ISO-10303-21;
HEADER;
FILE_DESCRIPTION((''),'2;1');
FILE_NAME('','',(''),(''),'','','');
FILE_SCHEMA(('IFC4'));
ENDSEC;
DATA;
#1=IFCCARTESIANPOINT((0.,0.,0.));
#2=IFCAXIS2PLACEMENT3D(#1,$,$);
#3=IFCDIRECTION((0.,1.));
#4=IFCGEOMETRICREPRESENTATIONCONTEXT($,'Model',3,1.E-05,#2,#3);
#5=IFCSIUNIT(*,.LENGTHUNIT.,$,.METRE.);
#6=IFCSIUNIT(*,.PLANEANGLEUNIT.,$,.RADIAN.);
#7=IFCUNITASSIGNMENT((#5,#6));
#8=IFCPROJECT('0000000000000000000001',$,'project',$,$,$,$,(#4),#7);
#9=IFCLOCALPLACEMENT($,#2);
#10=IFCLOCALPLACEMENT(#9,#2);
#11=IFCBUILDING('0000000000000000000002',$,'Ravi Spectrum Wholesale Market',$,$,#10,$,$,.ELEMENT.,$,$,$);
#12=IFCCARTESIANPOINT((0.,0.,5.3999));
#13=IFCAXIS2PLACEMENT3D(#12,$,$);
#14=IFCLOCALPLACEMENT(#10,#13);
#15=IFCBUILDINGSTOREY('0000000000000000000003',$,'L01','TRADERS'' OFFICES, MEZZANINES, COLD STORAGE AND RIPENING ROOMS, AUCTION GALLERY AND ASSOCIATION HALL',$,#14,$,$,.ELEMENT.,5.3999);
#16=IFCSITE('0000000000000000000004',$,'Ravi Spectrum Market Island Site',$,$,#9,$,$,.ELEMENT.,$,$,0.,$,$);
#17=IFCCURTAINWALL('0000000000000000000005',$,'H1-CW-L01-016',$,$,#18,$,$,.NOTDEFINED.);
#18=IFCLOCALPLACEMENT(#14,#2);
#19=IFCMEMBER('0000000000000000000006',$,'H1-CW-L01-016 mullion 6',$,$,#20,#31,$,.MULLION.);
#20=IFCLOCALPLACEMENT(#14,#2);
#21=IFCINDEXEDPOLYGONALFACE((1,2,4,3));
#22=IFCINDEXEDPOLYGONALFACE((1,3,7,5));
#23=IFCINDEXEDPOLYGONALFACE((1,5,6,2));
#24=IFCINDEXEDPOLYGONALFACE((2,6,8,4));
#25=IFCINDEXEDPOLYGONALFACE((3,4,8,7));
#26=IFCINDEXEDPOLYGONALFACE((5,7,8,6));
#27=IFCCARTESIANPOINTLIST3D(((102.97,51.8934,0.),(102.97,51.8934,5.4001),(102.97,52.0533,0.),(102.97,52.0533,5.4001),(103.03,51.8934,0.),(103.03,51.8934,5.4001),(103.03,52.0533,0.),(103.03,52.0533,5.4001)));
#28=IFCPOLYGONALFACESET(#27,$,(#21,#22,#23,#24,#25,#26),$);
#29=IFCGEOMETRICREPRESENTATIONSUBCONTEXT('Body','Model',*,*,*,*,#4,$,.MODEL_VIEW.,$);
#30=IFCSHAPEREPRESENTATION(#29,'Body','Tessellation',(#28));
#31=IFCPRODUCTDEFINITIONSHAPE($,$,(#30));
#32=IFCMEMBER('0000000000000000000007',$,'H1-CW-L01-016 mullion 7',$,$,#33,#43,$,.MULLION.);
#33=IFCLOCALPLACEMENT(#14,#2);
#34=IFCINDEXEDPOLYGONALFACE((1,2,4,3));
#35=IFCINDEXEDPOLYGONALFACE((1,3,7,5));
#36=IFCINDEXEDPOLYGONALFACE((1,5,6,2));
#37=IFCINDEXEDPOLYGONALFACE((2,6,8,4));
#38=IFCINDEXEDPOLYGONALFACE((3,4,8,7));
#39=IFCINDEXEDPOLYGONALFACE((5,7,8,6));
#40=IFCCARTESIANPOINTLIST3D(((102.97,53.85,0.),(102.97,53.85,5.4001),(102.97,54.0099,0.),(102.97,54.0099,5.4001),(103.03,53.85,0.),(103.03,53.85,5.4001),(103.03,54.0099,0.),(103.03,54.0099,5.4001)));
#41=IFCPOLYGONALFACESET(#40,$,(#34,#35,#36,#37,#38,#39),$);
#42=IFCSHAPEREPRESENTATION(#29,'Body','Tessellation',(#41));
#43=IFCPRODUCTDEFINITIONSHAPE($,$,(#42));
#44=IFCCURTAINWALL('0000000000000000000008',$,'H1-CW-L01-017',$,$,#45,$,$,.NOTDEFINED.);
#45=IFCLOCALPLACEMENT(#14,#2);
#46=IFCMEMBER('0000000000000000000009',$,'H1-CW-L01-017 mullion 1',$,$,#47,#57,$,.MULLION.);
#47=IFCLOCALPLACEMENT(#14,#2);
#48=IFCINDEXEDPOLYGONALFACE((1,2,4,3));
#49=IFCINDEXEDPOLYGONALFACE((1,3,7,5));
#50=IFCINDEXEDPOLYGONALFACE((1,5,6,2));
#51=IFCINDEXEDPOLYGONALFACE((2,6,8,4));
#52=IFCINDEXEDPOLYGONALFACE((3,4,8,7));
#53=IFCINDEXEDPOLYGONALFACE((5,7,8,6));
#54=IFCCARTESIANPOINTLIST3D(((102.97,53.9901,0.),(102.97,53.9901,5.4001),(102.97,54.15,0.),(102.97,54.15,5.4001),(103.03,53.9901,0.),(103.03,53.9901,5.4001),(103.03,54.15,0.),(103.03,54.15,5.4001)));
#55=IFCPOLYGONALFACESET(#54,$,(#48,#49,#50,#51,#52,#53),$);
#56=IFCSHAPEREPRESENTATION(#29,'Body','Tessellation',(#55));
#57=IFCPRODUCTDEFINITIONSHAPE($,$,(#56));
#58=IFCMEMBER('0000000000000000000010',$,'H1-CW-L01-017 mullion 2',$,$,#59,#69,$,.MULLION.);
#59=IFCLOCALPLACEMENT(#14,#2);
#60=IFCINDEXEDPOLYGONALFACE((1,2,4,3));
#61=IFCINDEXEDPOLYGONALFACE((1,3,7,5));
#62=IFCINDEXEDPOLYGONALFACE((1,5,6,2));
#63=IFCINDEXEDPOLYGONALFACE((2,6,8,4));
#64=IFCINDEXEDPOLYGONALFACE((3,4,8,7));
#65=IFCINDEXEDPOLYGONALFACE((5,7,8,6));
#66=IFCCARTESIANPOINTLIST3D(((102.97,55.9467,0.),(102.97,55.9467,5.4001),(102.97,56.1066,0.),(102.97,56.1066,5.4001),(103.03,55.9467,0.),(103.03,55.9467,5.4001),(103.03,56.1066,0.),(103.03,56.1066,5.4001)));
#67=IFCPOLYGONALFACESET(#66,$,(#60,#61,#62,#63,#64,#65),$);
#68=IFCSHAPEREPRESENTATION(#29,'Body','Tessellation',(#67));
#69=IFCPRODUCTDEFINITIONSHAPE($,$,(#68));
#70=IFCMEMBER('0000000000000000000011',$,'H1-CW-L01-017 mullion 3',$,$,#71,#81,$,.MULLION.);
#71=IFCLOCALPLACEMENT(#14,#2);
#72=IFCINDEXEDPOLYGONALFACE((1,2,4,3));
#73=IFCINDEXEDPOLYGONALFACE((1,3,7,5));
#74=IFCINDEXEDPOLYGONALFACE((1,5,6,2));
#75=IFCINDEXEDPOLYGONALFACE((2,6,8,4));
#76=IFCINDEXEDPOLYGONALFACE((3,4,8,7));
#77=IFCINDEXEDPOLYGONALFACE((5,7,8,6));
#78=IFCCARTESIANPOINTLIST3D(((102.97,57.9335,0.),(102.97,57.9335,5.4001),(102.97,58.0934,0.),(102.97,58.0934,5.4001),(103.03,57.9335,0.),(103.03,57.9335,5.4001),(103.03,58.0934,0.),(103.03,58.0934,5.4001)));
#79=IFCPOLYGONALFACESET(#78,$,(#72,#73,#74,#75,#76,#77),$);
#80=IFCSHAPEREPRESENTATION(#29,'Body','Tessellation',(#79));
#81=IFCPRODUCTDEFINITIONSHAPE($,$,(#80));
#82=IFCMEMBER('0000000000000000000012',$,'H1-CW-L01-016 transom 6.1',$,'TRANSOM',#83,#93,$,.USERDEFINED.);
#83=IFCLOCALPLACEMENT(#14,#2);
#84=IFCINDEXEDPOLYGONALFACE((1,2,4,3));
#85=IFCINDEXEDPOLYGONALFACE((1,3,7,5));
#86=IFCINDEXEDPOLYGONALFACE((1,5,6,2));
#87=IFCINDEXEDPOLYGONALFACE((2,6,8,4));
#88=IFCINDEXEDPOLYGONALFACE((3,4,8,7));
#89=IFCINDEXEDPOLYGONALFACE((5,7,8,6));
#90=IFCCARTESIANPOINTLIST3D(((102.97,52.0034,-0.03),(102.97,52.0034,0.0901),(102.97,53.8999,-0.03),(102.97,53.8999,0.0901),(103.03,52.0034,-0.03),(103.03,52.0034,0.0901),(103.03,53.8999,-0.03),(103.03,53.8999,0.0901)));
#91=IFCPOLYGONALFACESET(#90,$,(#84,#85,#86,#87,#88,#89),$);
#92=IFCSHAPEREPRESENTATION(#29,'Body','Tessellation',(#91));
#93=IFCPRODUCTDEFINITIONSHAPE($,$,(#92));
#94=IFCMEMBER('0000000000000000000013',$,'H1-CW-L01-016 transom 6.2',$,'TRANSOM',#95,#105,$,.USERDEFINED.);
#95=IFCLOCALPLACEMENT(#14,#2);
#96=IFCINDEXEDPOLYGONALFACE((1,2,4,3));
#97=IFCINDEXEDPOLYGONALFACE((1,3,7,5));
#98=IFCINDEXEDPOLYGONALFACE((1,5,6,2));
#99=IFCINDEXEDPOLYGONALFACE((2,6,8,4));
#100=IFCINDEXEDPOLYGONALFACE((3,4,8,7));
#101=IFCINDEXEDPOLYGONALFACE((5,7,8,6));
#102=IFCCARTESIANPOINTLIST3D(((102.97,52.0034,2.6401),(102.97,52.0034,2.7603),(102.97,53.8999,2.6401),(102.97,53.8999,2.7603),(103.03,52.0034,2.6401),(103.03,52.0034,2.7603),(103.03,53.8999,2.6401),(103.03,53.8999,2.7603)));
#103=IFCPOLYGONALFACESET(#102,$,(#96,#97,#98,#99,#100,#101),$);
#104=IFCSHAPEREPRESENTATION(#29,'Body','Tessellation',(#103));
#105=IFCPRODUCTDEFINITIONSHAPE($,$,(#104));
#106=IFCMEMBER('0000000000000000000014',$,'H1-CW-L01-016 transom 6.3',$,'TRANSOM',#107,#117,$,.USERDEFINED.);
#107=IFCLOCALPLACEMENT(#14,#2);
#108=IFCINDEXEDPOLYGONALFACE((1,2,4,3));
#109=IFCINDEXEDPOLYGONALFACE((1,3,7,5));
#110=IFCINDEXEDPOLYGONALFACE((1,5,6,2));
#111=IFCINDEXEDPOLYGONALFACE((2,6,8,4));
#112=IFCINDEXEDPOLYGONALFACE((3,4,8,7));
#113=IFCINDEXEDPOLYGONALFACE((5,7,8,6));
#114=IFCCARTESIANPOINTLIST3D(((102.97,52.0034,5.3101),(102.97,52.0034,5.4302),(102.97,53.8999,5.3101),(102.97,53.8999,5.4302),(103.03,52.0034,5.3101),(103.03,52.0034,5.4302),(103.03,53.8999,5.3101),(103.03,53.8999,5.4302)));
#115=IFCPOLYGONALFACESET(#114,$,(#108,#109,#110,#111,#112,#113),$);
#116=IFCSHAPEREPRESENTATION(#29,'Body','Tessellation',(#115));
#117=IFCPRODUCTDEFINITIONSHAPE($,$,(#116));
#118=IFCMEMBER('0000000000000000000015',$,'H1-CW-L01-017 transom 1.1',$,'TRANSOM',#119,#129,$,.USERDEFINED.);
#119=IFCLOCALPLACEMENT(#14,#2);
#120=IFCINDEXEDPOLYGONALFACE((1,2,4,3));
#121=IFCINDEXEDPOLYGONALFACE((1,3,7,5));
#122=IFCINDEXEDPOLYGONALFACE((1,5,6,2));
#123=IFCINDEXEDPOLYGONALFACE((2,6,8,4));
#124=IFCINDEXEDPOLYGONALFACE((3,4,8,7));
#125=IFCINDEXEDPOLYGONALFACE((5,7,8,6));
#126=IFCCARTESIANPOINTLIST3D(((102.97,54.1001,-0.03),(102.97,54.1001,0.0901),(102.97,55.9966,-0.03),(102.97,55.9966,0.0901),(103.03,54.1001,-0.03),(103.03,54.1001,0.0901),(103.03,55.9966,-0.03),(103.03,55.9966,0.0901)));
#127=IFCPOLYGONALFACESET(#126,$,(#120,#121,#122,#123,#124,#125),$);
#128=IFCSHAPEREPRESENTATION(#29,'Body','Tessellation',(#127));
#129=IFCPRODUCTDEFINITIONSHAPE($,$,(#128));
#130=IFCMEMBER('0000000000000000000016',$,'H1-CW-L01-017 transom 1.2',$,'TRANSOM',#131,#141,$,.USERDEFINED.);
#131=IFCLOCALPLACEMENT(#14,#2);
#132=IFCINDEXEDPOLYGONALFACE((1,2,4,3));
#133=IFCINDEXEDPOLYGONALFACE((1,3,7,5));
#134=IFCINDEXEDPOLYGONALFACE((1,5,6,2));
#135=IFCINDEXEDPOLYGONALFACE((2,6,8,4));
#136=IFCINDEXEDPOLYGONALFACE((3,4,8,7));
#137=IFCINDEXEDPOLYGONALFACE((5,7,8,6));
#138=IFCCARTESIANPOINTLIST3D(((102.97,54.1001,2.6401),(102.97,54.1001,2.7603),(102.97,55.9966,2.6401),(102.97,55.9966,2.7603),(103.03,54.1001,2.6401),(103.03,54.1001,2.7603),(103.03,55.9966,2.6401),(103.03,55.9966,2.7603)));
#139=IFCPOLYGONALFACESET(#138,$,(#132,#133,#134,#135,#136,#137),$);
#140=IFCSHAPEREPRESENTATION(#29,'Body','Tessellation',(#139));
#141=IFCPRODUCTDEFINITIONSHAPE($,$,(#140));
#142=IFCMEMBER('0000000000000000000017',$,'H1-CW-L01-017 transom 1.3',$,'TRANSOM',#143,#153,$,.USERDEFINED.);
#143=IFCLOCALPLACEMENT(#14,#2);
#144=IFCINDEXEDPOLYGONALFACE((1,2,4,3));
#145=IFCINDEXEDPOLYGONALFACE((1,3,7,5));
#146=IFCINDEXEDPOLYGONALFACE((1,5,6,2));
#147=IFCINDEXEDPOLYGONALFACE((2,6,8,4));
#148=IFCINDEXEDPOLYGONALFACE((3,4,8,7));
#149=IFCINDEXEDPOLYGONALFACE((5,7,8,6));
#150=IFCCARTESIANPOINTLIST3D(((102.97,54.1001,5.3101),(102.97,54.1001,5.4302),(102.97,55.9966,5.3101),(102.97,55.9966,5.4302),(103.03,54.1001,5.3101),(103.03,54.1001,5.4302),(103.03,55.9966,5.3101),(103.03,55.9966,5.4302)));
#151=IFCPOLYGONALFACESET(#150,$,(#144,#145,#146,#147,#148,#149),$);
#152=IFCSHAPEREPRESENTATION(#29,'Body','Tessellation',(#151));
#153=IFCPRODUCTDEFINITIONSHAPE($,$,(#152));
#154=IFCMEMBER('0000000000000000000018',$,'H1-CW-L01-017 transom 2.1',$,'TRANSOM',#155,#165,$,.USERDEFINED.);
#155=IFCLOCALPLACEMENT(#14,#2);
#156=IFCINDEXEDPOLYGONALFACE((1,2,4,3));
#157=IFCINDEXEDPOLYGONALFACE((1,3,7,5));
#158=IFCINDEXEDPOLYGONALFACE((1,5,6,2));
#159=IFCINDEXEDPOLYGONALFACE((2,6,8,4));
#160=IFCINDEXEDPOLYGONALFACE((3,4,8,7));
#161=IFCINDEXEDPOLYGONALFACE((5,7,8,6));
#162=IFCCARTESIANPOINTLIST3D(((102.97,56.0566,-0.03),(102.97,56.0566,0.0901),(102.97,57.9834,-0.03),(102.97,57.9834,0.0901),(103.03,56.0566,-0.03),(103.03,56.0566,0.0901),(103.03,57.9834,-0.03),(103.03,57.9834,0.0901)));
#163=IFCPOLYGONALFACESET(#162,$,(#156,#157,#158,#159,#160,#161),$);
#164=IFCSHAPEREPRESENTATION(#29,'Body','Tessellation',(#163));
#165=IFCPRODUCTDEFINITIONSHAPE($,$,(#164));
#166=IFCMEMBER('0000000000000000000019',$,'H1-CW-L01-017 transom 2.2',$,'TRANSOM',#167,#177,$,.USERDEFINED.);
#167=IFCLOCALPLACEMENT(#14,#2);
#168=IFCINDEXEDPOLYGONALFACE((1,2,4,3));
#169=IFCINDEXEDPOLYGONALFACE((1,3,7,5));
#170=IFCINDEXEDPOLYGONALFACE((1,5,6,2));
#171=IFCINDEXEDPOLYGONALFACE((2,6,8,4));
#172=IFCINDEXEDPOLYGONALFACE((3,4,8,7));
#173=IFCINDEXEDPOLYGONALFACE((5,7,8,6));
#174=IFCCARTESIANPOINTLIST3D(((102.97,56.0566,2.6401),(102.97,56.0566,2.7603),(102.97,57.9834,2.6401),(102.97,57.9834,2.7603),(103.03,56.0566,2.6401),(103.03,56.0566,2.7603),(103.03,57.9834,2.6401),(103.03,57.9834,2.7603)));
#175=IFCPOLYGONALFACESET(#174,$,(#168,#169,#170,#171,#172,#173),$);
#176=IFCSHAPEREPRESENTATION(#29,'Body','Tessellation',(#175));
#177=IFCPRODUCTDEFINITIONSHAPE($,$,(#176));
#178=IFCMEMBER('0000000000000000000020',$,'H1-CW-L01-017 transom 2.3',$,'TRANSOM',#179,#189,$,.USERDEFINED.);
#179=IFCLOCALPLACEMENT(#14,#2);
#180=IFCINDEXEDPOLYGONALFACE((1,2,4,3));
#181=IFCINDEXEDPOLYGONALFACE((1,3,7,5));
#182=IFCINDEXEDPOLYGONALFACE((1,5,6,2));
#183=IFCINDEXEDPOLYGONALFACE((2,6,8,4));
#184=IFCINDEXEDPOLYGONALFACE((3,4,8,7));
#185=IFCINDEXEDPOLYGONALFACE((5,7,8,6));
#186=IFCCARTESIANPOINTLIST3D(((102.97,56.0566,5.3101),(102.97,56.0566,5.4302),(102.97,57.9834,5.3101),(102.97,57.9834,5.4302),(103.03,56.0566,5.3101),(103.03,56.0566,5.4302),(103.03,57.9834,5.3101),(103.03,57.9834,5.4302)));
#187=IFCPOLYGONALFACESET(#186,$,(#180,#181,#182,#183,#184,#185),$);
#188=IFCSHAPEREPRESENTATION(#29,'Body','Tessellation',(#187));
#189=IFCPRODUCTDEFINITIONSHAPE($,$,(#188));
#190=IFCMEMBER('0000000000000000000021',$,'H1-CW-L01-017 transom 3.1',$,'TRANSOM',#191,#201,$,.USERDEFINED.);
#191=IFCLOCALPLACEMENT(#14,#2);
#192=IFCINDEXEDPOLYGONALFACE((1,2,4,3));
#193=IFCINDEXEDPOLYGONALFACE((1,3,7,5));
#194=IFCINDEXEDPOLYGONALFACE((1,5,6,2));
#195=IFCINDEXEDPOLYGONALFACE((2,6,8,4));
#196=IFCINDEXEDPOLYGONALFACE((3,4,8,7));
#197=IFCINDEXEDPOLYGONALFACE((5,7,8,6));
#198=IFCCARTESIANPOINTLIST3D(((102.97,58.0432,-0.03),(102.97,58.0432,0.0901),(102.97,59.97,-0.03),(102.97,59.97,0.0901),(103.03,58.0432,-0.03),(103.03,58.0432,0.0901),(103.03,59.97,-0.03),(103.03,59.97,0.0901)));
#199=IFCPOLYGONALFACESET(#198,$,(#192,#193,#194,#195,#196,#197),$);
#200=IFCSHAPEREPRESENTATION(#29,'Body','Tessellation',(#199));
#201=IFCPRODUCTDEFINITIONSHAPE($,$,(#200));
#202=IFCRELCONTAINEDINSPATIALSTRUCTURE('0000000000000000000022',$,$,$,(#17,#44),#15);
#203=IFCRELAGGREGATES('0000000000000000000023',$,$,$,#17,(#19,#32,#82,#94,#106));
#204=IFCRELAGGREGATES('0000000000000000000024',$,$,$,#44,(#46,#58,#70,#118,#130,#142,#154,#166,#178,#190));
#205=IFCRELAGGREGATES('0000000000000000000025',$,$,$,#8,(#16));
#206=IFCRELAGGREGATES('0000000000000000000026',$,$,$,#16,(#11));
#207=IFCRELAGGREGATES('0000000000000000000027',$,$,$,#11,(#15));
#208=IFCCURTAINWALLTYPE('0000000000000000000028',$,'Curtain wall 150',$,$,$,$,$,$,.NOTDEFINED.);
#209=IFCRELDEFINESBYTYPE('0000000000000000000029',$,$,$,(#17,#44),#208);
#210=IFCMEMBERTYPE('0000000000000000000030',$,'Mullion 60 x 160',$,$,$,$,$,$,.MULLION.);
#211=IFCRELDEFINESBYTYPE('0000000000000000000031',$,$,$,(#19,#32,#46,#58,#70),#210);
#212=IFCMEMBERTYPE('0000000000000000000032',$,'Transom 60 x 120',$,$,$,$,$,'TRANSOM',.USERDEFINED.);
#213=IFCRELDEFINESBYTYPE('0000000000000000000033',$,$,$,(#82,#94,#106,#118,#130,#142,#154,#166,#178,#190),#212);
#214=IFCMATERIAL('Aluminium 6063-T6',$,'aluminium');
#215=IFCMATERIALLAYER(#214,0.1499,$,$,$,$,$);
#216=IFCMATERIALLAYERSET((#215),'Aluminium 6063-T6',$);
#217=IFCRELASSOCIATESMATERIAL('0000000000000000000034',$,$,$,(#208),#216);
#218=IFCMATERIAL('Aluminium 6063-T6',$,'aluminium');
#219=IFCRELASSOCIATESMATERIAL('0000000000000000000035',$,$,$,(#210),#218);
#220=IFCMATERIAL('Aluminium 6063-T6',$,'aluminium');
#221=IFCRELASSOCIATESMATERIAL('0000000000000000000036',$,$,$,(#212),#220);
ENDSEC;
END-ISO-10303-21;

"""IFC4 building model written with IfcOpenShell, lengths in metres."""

from ifc_helpers import new_model, si_unit, direction, frame, origin, origin_2d, place, context, subcontext, project, spatial, rectangle, extrude, material, layer, layer_set, material_profile, profile_set, type_object, element, aggregate, save


model = new_model("IFC4")

# Units and contexts
model_context = context("Model", 3, precision=1e-05, world=origin(), true_north=direction((0.0, 1.0)))
body_context = subcontext(model_context, "Body", "Model", "MODEL_VIEW")
ifc_project = project(units=[si_unit("LENGTHUNIT", "METRE"), si_unit("PLANEANGLEUNIT", "RADIAN")], contexts=[model_context])

# Site, building, storey
site_placement = place(None, origin())
site = spatial("IfcSite", under=ifc_project, at=site_placement, Name="Ravi Spectrum Market Island Site", CompositionType="ELEMENT", RefElevation=0.0)
building_placement = place(site_placement, origin())
building = spatial("IfcBuilding", under=site, at=building_placement, Name="Ravi Spectrum Wholesale Market", CompositionType="ELEMENT")
storey_placement = place(building_placement, frame((0.0, 0.0, 5.3999)))
storey = spatial("IfcBuildingStorey", under=building, at=storey_placement, Name="L01", Description="TRADERS' OFFICES, MEZZANINES, COLD STORAGE AND RIPENING ROOMS, AUCTION GALLERY AND ASSOCIATION HALL", CompositionType="ELEMENT", Elevation=5.3999)

# Curtain walls, members
ifc_material_1 = material(Name="Aluminium 6063-T6", Category="aluminium")
ifc_layer_1 = layer(ifc_material_1, 0.1499)
ifc_layer_set_1 = layer_set([ifc_layer_1], Name="Aluminium 6063-T6")
curtain_wall_type = type_object("IfcCurtainWallType", Name="Curtain wall 150", PredefinedType="NOTDEFINED", material=ifc_layer_set_1)
curtain_wall_1_placement = place(storey_placement, origin())
curtain_wall_1 = element("IfcCurtainWall", 1, at=curtain_wall_1_placement, inside=storey, type_object=curtain_wall_type, Name="H1-CW-L01-016", PredefinedType="NOTDEFINED")
ifc_material_2 = material(Name="Aluminium 6063-T6", Category="aluminium")
ifc_material_profile_1 = material_profile(ifc_material_2, rectangle(XDim=0.0601, YDim=0.1599, at=origin_2d()))
ifc_profile_set_1 = profile_set([ifc_material_profile_1], Name="Aluminium 6063-T6")
member_type_1 = type_object("IfcMemberType", Name="Mullion 60 x 160", PredefinedType="MULLION", material=ifc_profile_set_1)
member_1_placement = place(storey_placement, frame((103.0, 51.9734, 0.0), z_axis=(0.0, 0.0, 1.0), x_axis=(-1.0, 0.0, 0.0)))
member_1 = element("IfcMember", 2, at=member_1_placement, type_object=member_type_1, Name="H1-CW-L01-016 mullion 6", PredefinedType="MULLION", context=body_context, shape_type="SweptSolid", body=[
    extrude(rectangle(XDim=0.0601, YDim=0.1599, at=origin_2d()), origin(), (0.0, 0.0, 1.0), 5.4001),
])
member_2_placement = place(storey_placement, frame((103.0, 53.9299, 0.0), z_axis=(0.0, 0.0, 1.0), x_axis=(-1.0, 0.0, 0.0)))
member_2 = element("IfcMember", 3, at=member_2_placement, type_object=member_type_1, Name="H1-CW-L01-016 mullion 7", PredefinedType="MULLION", context=body_context, shape_type="SweptSolid", body=[
    extrude(rectangle(XDim=0.0601, YDim=0.1599, at=origin_2d()), origin(), (0.0, 0.0, 1.0), 5.4001),
])
curtain_wall_2_placement = place(storey_placement, origin())
curtain_wall_2 = element("IfcCurtainWall", 4, at=curtain_wall_2_placement, inside=storey, type_object=curtain_wall_type, Name="H1-CW-L01-017", PredefinedType="NOTDEFINED")
member_3_placement = place(storey_placement, frame((103.0, 54.0701, 0.0), z_axis=(0.0, 0.0, 1.0), x_axis=(-1.0, 0.0, 0.0)))
member_3 = element("IfcMember", 5, at=member_3_placement, type_object=member_type_1, Name="H1-CW-L01-017 mullion 1", PredefinedType="MULLION", context=body_context, shape_type="SweptSolid", body=[
    extrude(rectangle(XDim=0.0601, YDim=0.1599, at=origin_2d()), origin(), (0.0, 0.0, 1.0), 5.4001),
])
member_4_placement = place(storey_placement, frame((103.0, 56.0266, 0.0), z_axis=(0.0, 0.0, 1.0), x_axis=(-1.0, 0.0, 0.0)))
member_4 = element("IfcMember", 6, at=member_4_placement, type_object=member_type_1, Name="H1-CW-L01-017 mullion 2", PredefinedType="MULLION", context=body_context, shape_type="SweptSolid", body=[
    extrude(rectangle(XDim=0.0601, YDim=0.1599, at=origin_2d()), origin(), (0.0, 0.0, 1.0), 5.4001),
])
member_5_placement = place(storey_placement, frame((103.0, 58.0134, 0.0), z_axis=(0.0, 0.0, 1.0), x_axis=(-1.0, 0.0, 0.0)))
member_5 = element("IfcMember", 7, at=member_5_placement, type_object=member_type_1, Name="H1-CW-L01-017 mullion 3", PredefinedType="MULLION", context=body_context, shape_type="SweptSolid", body=[
    extrude(rectangle(XDim=0.0601, YDim=0.1599, at=origin_2d()), origin(), (0.0, 0.0, 1.0), 5.4001),
])

# Members
ifc_material_3 = material(Name="Aluminium 6063-T6", Category="aluminium")
ifc_material_profile_2 = material_profile(ifc_material_3, rectangle(XDim=0.0601, YDim=0.1201, at=origin_2d()))
ifc_profile_set_2 = profile_set([ifc_material_profile_2], Name="Aluminium 6063-T6")
member_type_2 = type_object("IfcMemberType", Name="Transom 60 x 120", ElementType="TRANSOM", PredefinedType="USERDEFINED", material=ifc_profile_set_2)
member_6_placement = place(storey_placement, frame((103.0, 52.0034, 0.03), z_axis=(0.0, 1.0, 0.0), x_axis=(-1.0, 0.0, 0.0)))
member_6 = element("IfcMember", 8, at=member_6_placement, type_object=member_type_2, Name="H1-CW-L01-016 transom 6.1", ObjectType="TRANSOM", PredefinedType="USERDEFINED", context=body_context, shape_type="SweptSolid", body=[
    extrude(rectangle(XDim=0.0601, YDim=0.1201, at=origin_2d()), origin(), (0.0, 0.0, 1.0), 1.8965),
])
member_7_placement = place(storey_placement, frame((103.0, 52.0034, 2.7002), z_axis=(0.0, 1.0, 0.0), x_axis=(-1.0, 0.0, 0.0)))
member_7 = element("IfcMember", 9, at=member_7_placement, type_object=member_type_2, Name="H1-CW-L01-016 transom 6.2", ObjectType="TRANSOM", PredefinedType="USERDEFINED", context=body_context, shape_type="SweptSolid", body=[
    extrude(rectangle(XDim=0.0601, YDim=0.1201, at=origin_2d()), origin(), (0.0, 0.0, 1.0), 1.8965),
])
member_8_placement = place(storey_placement, frame((103.0, 52.0034, 5.3701), z_axis=(0.0, 1.0, 0.0), x_axis=(-1.0, 0.0, 0.0)))
member_8 = element("IfcMember", 10, at=member_8_placement, type_object=member_type_2, Name="H1-CW-L01-016 transom 6.3", ObjectType="TRANSOM", PredefinedType="USERDEFINED", context=body_context, shape_type="SweptSolid", body=[
    extrude(rectangle(XDim=0.0601, YDim=0.1201, at=origin_2d()), origin(), (0.0, 0.0, 1.0), 1.8965),
])
member_9_placement = place(storey_placement, frame((103.0, 54.1001, 0.03), z_axis=(0.0, 1.0, 0.0), x_axis=(-1.0, 0.0, 0.0)))
member_9 = element("IfcMember", 11, at=member_9_placement, type_object=member_type_2, Name="H1-CW-L01-017 transom 1.1", ObjectType="TRANSOM", PredefinedType="USERDEFINED", context=body_context, shape_type="SweptSolid", body=[
    extrude(rectangle(XDim=0.0601, YDim=0.1201, at=origin_2d()), origin(), (0.0, 0.0, 1.0), 1.8965),
])
member_10_placement = place(storey_placement, frame((103.0, 54.1001, 2.7002), z_axis=(0.0, 1.0, 0.0), x_axis=(-1.0, 0.0, 0.0)))
member_10 = element("IfcMember", 12, at=member_10_placement, type_object=member_type_2, Name="H1-CW-L01-017 transom 1.2", ObjectType="TRANSOM", PredefinedType="USERDEFINED", context=body_context, shape_type="SweptSolid", body=[
    extrude(rectangle(XDim=0.0601, YDim=0.1201, at=origin_2d()), origin(), (0.0, 0.0, 1.0), 1.8965),
])
member_11_placement = place(storey_placement, frame((103.0, 54.1001, 5.3701), z_axis=(0.0, 1.0, 0.0), x_axis=(-1.0, 0.0, 0.0)))
member_11 = element("IfcMember", 13, at=member_11_placement, type_object=member_type_2, Name="H1-CW-L01-017 transom 1.3", ObjectType="TRANSOM", PredefinedType="USERDEFINED", context=body_context, shape_type="SweptSolid", body=[
    extrude(rectangle(XDim=0.0601, YDim=0.1201, at=origin_2d()), origin(), (0.0, 0.0, 1.0), 1.8965),
])
member_12_placement = place(storey_placement, frame((103.0, 56.0566, 0.03), z_axis=(0.0, 1.0, 0.0), x_axis=(-1.0, 0.0, 0.0)))
member_12 = element("IfcMember", 14, at=member_12_placement, type_object=member_type_2, Name="H1-CW-L01-017 transom 2.1", ObjectType="TRANSOM", PredefinedType="USERDEFINED", context=body_context, shape_type="SweptSolid", body=[
    extrude(rectangle(XDim=0.0601, YDim=0.1201, at=origin_2d()), origin(), (0.0, 0.0, 1.0), 1.9268),
])
member_13_placement = place(storey_placement, frame((103.0, 56.0566, 2.7002), z_axis=(0.0, 1.0, 0.0), x_axis=(-1.0, 0.0, 0.0)))
member_13 = element("IfcMember", 15, at=member_13_placement, type_object=member_type_2, Name="H1-CW-L01-017 transom 2.2", ObjectType="TRANSOM", PredefinedType="USERDEFINED", context=body_context, shape_type="SweptSolid", body=[
    extrude(rectangle(XDim=0.0601, YDim=0.1201, at=origin_2d()), origin(), (0.0, 0.0, 1.0), 1.9268),
])
member_14_placement = place(storey_placement, frame((103.0, 56.0566, 5.3701), z_axis=(0.0, 1.0, 0.0), x_axis=(-1.0, 0.0, 0.0)))
member_14 = element("IfcMember", 16, at=member_14_placement, type_object=member_type_2, Name="H1-CW-L01-017 transom 2.3", ObjectType="TRANSOM", PredefinedType="USERDEFINED", context=body_context, shape_type="SweptSolid", body=[
    extrude(rectangle(XDim=0.0601, YDim=0.1201, at=origin_2d()), origin(), (0.0, 0.0, 1.0), 1.9268),
])
member_15_placement = place(storey_placement, frame((103.0, 58.0432, 0.03), z_axis=(0.0, 1.0, 0.0), x_axis=(-1.0, 0.0, 0.0)))
member_15 = element("IfcMember", 17, at=member_15_placement, type_object=member_type_2, Name="H1-CW-L01-017 transom 3.1", ObjectType="TRANSOM", PredefinedType="USERDEFINED", context=body_context, shape_type="SweptSolid", body=[
    extrude(rectangle(XDim=0.0601, YDim=0.1201, at=origin_2d()), origin(), (0.0, 0.0, 1.0), 1.9268),
])

aggregate(curtain_wall_1, [member_1, member_2, member_6, member_7, member_8])
aggregate(curtain_wall_2, [member_3, member_4, member_5, member_9, member_10, member_11, member_12, member_13, member_14, member_15])

save(model, "model.ifc")
